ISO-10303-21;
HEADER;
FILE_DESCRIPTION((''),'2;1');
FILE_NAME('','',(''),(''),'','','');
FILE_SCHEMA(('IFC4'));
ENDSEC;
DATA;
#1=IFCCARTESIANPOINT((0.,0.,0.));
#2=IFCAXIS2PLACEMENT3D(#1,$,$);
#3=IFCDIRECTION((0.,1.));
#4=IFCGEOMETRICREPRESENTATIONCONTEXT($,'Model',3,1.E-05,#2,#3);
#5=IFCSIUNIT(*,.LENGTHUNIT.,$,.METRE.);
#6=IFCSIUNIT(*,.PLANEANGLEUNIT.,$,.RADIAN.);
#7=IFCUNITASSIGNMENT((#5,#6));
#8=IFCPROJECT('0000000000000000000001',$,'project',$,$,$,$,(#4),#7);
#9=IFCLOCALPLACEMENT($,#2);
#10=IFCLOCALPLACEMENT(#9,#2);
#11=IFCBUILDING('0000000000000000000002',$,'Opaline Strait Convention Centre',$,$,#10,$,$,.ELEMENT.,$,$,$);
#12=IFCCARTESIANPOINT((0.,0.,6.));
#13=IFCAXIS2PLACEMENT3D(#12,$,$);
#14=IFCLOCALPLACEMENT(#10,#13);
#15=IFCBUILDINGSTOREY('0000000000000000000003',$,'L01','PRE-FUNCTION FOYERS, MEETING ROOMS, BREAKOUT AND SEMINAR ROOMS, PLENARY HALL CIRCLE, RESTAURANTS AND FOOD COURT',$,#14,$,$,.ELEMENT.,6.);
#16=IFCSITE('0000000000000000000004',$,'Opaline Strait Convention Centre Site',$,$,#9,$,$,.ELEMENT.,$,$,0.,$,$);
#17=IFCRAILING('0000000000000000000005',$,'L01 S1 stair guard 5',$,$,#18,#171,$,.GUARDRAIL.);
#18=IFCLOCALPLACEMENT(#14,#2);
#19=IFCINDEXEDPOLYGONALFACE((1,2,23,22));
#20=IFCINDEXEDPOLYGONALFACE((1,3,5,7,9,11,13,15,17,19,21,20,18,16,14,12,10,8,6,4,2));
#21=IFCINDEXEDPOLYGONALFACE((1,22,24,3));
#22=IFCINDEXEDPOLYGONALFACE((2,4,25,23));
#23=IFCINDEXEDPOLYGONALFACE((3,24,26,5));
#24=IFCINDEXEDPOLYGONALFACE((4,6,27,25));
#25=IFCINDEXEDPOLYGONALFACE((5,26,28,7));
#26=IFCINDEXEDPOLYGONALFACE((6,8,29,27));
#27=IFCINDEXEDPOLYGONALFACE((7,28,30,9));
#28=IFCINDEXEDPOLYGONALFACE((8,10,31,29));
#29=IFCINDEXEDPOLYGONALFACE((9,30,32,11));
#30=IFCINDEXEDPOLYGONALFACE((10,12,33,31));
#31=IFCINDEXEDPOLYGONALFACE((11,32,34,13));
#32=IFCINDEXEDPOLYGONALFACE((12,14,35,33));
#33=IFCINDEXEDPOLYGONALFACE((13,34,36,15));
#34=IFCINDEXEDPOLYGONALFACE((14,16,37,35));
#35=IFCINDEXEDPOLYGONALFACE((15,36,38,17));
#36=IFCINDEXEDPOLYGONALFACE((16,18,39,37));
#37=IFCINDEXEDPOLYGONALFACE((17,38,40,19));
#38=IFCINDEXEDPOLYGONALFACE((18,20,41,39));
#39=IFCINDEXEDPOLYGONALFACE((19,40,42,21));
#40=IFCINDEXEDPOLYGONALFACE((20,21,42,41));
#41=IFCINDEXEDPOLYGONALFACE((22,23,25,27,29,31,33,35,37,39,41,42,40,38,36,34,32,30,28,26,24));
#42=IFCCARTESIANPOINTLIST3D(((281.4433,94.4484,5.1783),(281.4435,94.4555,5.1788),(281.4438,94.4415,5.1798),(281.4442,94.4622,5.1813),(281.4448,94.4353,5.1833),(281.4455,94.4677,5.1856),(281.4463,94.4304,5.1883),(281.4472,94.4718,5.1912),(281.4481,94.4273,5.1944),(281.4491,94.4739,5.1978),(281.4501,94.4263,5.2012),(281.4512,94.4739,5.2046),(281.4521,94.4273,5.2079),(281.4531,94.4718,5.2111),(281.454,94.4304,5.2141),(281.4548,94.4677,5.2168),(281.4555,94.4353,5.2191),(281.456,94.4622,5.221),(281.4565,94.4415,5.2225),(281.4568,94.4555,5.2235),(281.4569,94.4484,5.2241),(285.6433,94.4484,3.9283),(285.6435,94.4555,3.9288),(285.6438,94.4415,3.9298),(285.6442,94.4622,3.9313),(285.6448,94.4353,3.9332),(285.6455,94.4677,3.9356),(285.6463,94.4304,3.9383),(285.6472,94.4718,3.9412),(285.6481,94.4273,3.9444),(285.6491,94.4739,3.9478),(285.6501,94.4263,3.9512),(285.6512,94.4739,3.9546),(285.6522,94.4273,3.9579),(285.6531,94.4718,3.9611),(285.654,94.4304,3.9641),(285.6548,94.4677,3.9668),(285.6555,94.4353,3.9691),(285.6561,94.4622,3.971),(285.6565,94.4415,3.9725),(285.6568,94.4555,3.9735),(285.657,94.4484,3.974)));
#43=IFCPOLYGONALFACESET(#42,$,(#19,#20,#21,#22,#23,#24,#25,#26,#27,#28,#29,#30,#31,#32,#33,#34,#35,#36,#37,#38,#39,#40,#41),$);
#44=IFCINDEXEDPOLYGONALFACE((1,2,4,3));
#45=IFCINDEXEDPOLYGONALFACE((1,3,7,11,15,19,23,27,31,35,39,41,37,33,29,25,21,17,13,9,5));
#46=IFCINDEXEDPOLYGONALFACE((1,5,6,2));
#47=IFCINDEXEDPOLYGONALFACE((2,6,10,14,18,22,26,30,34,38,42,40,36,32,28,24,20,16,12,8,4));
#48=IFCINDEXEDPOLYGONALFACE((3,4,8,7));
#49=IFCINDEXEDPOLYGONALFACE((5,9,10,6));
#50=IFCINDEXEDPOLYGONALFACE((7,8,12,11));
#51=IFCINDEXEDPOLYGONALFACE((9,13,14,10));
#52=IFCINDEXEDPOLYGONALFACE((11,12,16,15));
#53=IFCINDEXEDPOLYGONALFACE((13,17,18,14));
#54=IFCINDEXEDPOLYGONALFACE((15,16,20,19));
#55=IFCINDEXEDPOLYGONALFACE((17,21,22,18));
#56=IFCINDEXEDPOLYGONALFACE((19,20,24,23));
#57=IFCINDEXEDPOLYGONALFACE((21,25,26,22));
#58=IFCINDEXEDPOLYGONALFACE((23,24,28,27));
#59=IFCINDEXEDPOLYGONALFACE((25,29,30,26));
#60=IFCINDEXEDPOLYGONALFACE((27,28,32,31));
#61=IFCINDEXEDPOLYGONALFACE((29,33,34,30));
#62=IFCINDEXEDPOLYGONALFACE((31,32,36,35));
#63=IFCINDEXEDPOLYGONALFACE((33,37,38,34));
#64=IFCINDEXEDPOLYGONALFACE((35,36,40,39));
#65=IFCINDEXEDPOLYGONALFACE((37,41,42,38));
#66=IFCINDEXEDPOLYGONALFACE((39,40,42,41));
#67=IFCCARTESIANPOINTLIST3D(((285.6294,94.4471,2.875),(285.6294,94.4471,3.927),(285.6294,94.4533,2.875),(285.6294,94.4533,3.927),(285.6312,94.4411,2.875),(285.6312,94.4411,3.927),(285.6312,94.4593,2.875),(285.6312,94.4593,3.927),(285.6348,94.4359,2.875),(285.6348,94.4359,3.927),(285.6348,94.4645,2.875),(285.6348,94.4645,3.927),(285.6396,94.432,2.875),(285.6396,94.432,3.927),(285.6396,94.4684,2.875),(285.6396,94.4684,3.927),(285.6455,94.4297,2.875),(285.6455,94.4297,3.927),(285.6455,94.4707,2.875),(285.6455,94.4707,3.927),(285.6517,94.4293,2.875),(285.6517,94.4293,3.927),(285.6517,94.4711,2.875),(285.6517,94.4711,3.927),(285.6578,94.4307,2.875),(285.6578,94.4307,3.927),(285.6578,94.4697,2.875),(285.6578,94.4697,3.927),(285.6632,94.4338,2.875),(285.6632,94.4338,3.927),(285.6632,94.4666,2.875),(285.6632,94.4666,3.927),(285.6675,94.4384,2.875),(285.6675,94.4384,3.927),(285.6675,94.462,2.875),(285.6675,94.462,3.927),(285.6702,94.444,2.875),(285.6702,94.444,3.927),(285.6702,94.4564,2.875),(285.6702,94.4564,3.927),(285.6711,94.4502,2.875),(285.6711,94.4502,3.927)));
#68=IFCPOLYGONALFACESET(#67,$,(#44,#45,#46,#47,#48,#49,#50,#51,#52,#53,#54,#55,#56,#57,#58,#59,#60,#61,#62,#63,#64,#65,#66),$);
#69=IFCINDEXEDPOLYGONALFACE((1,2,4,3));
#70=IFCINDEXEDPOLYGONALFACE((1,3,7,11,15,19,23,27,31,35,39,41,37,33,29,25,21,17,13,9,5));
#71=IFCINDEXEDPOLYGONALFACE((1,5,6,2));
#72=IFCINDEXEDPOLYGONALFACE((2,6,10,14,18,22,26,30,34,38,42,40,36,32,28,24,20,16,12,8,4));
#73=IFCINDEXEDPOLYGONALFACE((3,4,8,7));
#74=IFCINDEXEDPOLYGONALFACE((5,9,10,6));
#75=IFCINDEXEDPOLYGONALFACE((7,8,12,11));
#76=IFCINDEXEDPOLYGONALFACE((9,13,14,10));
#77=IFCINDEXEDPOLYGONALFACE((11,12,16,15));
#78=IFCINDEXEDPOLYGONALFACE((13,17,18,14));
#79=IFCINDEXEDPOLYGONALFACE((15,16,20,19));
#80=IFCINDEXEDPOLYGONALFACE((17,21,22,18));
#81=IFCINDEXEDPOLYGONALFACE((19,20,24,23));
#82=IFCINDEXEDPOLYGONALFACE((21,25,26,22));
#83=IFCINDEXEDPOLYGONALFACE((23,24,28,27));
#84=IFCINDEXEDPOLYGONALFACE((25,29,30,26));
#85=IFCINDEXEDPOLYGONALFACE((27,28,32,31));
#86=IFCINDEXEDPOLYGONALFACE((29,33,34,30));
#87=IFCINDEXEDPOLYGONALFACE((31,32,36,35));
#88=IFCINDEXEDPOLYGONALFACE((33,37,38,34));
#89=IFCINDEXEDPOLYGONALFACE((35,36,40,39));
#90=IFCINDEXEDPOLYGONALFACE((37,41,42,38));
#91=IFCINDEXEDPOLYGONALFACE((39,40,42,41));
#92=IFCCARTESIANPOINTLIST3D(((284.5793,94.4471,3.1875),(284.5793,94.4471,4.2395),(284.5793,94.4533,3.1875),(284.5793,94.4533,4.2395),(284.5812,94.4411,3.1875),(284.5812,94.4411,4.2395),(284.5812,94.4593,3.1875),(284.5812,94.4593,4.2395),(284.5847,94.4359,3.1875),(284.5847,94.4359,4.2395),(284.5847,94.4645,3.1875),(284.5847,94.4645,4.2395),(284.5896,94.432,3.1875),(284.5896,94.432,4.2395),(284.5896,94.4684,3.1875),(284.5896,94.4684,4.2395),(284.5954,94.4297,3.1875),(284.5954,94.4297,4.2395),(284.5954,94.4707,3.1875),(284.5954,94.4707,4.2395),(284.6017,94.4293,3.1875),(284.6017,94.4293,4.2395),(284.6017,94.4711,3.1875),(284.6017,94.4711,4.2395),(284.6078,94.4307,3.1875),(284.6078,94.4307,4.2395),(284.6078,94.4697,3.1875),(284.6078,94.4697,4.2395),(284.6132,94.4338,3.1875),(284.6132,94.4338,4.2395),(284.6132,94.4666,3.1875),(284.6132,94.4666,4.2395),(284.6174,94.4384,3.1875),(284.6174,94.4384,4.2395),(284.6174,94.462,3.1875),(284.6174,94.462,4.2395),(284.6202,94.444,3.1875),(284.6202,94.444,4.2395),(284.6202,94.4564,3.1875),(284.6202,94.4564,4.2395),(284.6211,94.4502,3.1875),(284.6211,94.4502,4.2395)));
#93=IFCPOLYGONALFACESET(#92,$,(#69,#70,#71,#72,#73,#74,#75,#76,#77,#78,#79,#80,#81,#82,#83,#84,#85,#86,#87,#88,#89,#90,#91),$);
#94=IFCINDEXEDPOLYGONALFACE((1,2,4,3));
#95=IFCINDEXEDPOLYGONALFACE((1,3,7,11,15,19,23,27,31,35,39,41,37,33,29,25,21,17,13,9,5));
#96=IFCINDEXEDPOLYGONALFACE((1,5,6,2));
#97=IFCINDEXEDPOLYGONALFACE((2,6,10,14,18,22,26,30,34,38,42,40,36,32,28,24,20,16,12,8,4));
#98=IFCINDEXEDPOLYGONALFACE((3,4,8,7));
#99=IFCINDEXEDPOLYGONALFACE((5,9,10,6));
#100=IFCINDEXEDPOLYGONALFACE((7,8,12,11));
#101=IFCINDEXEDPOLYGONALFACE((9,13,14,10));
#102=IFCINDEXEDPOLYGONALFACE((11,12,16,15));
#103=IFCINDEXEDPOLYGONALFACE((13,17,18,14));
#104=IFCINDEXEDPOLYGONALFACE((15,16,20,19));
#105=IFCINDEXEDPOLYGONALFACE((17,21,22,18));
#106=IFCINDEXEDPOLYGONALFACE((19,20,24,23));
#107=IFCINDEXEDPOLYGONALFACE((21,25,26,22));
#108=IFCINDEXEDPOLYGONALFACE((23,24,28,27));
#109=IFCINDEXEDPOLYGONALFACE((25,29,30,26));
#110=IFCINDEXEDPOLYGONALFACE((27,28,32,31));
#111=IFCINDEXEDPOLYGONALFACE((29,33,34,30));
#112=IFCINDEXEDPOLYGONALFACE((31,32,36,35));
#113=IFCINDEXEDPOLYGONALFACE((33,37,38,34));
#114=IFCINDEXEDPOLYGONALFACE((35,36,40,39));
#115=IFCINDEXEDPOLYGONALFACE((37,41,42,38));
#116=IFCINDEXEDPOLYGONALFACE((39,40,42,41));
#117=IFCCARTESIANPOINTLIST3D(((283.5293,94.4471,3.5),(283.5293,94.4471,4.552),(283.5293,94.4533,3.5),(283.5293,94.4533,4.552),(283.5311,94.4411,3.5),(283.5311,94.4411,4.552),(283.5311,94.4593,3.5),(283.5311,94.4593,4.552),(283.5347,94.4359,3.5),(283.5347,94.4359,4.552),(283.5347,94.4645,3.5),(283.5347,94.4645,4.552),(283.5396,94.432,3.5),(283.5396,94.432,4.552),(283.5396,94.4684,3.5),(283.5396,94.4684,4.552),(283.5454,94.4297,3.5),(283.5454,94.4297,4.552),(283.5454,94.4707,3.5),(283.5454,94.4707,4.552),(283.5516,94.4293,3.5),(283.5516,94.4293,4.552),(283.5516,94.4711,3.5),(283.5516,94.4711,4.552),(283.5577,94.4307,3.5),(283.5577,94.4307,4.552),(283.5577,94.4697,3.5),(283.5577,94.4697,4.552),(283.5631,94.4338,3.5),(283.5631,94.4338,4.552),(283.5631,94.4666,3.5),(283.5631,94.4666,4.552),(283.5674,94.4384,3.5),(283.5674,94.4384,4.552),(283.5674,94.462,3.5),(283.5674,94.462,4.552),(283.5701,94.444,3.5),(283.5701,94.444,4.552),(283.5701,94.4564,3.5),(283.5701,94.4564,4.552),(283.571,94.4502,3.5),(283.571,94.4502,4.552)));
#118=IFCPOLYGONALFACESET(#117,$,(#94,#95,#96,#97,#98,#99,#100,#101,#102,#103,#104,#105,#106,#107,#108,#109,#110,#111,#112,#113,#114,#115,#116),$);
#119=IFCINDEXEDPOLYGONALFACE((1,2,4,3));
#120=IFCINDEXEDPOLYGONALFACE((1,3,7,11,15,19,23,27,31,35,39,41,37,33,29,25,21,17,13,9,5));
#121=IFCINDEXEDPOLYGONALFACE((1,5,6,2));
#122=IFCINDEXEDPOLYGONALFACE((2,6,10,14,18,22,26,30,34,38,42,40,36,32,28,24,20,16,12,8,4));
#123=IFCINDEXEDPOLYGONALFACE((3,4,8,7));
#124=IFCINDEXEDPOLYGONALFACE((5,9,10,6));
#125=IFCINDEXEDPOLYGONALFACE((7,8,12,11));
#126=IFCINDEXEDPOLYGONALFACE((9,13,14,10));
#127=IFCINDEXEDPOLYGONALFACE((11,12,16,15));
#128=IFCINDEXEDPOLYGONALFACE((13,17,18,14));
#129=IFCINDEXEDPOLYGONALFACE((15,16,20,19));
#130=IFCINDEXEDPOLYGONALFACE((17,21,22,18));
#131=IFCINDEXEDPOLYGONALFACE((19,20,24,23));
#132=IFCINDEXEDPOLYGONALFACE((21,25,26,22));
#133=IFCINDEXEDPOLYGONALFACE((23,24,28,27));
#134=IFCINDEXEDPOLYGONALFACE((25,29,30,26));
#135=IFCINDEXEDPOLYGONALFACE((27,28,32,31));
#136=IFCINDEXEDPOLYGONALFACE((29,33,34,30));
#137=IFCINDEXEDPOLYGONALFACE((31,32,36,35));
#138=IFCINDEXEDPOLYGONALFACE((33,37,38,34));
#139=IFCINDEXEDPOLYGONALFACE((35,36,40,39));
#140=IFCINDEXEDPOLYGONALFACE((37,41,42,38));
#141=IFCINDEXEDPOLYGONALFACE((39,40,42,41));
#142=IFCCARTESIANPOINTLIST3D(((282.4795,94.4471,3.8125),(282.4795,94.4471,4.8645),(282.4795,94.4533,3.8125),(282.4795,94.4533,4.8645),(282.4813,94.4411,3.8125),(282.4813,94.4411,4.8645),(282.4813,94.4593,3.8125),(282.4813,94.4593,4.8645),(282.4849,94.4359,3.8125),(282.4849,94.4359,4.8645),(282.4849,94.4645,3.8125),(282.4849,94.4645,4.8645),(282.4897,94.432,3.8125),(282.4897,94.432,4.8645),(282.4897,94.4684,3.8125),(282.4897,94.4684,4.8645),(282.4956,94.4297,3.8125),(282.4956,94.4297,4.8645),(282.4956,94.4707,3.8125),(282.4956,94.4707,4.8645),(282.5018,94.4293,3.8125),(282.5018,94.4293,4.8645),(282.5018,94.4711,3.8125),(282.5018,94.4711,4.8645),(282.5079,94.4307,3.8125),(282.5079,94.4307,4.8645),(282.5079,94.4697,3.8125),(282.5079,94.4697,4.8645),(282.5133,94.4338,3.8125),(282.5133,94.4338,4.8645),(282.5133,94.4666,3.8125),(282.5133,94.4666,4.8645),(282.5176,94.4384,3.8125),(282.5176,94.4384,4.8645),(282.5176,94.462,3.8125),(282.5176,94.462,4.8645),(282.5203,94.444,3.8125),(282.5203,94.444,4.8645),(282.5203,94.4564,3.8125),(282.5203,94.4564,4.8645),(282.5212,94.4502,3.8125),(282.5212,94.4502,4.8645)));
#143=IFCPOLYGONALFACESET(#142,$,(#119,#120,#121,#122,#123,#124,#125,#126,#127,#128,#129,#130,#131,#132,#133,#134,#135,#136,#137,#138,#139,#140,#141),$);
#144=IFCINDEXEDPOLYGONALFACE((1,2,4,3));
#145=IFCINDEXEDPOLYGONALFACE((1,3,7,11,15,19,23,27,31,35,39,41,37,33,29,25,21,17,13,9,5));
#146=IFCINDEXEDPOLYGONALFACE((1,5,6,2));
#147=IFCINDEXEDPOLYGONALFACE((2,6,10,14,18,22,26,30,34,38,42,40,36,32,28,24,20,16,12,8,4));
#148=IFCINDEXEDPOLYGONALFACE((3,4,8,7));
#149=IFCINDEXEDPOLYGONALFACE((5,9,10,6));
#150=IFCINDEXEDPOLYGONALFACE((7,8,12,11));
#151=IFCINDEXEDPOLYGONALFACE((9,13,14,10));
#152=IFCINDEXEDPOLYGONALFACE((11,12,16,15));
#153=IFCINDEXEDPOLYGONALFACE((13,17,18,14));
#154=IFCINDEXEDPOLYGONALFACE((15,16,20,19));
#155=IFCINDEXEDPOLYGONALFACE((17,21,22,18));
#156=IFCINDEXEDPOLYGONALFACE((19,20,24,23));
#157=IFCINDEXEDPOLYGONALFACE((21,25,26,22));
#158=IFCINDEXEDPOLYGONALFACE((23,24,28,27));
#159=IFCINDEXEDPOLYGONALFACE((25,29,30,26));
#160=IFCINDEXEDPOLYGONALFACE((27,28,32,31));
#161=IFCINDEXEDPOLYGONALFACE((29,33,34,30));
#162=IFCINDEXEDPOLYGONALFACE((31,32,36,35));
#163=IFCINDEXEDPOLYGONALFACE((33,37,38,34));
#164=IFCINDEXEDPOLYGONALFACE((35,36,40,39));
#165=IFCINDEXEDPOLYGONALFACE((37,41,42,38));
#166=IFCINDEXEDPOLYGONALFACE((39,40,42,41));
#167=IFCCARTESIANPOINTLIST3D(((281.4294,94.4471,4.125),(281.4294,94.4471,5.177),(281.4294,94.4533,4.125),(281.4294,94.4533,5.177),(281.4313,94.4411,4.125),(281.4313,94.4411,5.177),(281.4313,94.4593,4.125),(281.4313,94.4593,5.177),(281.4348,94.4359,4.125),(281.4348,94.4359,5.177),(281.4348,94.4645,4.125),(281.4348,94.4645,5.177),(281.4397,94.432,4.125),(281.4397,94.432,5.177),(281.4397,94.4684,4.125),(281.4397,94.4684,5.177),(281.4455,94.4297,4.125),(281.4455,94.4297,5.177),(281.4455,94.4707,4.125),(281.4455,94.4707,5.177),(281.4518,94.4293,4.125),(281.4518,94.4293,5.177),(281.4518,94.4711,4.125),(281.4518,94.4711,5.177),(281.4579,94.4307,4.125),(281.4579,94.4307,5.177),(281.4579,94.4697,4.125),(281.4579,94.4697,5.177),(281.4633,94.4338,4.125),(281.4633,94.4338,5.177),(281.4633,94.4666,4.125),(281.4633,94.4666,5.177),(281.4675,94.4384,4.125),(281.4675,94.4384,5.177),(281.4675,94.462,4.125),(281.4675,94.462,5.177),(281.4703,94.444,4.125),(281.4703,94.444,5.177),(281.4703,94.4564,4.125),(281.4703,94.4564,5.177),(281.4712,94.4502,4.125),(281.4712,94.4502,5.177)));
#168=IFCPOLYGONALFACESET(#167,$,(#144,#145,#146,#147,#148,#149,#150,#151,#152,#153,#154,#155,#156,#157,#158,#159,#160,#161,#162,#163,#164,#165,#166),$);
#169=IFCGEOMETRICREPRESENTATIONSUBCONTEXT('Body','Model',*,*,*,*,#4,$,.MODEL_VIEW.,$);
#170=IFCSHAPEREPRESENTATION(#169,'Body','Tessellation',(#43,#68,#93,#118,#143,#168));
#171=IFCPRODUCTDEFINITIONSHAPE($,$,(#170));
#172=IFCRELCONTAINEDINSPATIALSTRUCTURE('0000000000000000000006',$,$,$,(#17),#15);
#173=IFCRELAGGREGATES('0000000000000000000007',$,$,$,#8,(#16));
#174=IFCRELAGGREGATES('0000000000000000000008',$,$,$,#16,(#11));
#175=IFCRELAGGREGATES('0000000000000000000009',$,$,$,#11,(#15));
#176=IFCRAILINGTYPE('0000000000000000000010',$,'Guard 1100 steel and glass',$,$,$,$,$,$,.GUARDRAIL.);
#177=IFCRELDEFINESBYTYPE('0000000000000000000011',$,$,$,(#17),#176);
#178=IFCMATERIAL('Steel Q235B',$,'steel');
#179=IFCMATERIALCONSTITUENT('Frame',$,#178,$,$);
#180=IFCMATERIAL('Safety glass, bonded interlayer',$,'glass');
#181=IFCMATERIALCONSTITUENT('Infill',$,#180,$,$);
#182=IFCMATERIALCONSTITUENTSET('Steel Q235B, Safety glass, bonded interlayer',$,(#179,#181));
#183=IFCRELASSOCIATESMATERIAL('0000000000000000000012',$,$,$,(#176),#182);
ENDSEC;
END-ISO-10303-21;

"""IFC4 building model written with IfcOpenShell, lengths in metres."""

from ifc_helpers import new_model, si_unit, direction, frame, origin, origin_2d, place, context, subcontext, project, spatial, circle, extrude, material, constituent, constituent_set, type_object, element, save


model = new_model("IFC4")

# Units and contexts
model_context = context("Model", 3, precision=1e-05, world=origin(), true_north=direction((0.0, 1.0)))
body_context = subcontext(model_context, "Body", "Model", "MODEL_VIEW")
ifc_project = project(units=[si_unit("LENGTHUNIT", "METRE"), si_unit("PLANEANGLEUNIT", "RADIAN")], contexts=[model_context])

# Site, building, storey
site_placement = place(None, origin())
site = spatial("IfcSite", under=ifc_project, at=site_placement, Name="Opaline Strait Convention Centre Site", CompositionType="ELEMENT", RefElevation=0.0)
building_placement = place(site_placement, origin())
building = spatial("IfcBuilding", under=site, at=building_placement, Name="Opaline Strait Convention Centre", CompositionType="ELEMENT")
storey_placement = place(building_placement, frame((0.0, 0.0, 6.0)))
storey = spatial("IfcBuildingStorey", under=building, at=storey_placement, Name="L01", Description="PRE-FUNCTION FOYERS, MEETING ROOMS, BREAKOUT AND SEMINAR ROOMS, PLENARY HALL CIRCLE, RESTAURANTS AND FOOD COURT", CompositionType="ELEMENT", Elevation=6.0)

# Shared definitions
ifc_material_1 = material(Name="Steel Q235B", Category="steel")

# Railing
ifc_constituent_1 = constituent(ifc_material_1, Name="Frame")
ifc_material_2 = material(Name="Safety glass, bonded interlayer", Category="glass")
ifc_constituent_2 = constituent(ifc_material_2, Name="Infill")
ifc_constituent_set = constituent_set(constituents=[ifc_constituent_1, ifc_constituent_2], Name="Steel Q235B, Safety glass, bonded interlayer")
railing_type_1 = type_object("IfcRailingType", Name="Guard 1100 steel and glass", PredefinedType="GUARDRAIL", material=ifc_constituent_set)
railing_1_placement = place(storey_placement, frame((285.6501, 94.4502, 2.875)))
element("IfcRailing", 1, at=railing_1_placement, inside=storey, type_object=railing_type_1, Name="L01 S1 stair guard 5", PredefinedType="GUARDRAIL", context=body_context, shape_type="SweptSolid", body=[
    extrude(circle(Radius=0.0239, at=origin_2d()), frame((0.0, 0.0, 1.0762), z_axis=(-0.958451, 0.0, 0.285257), x_axis=(0.0, -1.0, 0.0)), (0.0, 0.0, 1.0), 4.3821),
    extrude(circle(Radius=0.021, at=origin_2d()), origin(), (0.0, 0.0, 1.0), 1.052),
    extrude(circle(Radius=0.021, at=origin_2d()), frame((-1.05, 0.0, 0.3125)), (0.0, 0.0, 1.0), 1.052),
    extrude(circle(Radius=0.021, at=origin_2d()), frame((-2.1001, 0.0, 0.625)), (0.0, 0.0, 1.0), 1.052),
    extrude(circle(Radius=0.021, at=origin_2d()), frame((-3.1499, 0.0, 0.9375)), (0.0, 0.0, 1.0), 1.052),
    extrude(circle(Radius=0.021, at=origin_2d()), frame((-4.2, 0.0, 1.25)), (0.0, 0.0, 1.0), 1.052),
])

save(model, "model.ifc")
